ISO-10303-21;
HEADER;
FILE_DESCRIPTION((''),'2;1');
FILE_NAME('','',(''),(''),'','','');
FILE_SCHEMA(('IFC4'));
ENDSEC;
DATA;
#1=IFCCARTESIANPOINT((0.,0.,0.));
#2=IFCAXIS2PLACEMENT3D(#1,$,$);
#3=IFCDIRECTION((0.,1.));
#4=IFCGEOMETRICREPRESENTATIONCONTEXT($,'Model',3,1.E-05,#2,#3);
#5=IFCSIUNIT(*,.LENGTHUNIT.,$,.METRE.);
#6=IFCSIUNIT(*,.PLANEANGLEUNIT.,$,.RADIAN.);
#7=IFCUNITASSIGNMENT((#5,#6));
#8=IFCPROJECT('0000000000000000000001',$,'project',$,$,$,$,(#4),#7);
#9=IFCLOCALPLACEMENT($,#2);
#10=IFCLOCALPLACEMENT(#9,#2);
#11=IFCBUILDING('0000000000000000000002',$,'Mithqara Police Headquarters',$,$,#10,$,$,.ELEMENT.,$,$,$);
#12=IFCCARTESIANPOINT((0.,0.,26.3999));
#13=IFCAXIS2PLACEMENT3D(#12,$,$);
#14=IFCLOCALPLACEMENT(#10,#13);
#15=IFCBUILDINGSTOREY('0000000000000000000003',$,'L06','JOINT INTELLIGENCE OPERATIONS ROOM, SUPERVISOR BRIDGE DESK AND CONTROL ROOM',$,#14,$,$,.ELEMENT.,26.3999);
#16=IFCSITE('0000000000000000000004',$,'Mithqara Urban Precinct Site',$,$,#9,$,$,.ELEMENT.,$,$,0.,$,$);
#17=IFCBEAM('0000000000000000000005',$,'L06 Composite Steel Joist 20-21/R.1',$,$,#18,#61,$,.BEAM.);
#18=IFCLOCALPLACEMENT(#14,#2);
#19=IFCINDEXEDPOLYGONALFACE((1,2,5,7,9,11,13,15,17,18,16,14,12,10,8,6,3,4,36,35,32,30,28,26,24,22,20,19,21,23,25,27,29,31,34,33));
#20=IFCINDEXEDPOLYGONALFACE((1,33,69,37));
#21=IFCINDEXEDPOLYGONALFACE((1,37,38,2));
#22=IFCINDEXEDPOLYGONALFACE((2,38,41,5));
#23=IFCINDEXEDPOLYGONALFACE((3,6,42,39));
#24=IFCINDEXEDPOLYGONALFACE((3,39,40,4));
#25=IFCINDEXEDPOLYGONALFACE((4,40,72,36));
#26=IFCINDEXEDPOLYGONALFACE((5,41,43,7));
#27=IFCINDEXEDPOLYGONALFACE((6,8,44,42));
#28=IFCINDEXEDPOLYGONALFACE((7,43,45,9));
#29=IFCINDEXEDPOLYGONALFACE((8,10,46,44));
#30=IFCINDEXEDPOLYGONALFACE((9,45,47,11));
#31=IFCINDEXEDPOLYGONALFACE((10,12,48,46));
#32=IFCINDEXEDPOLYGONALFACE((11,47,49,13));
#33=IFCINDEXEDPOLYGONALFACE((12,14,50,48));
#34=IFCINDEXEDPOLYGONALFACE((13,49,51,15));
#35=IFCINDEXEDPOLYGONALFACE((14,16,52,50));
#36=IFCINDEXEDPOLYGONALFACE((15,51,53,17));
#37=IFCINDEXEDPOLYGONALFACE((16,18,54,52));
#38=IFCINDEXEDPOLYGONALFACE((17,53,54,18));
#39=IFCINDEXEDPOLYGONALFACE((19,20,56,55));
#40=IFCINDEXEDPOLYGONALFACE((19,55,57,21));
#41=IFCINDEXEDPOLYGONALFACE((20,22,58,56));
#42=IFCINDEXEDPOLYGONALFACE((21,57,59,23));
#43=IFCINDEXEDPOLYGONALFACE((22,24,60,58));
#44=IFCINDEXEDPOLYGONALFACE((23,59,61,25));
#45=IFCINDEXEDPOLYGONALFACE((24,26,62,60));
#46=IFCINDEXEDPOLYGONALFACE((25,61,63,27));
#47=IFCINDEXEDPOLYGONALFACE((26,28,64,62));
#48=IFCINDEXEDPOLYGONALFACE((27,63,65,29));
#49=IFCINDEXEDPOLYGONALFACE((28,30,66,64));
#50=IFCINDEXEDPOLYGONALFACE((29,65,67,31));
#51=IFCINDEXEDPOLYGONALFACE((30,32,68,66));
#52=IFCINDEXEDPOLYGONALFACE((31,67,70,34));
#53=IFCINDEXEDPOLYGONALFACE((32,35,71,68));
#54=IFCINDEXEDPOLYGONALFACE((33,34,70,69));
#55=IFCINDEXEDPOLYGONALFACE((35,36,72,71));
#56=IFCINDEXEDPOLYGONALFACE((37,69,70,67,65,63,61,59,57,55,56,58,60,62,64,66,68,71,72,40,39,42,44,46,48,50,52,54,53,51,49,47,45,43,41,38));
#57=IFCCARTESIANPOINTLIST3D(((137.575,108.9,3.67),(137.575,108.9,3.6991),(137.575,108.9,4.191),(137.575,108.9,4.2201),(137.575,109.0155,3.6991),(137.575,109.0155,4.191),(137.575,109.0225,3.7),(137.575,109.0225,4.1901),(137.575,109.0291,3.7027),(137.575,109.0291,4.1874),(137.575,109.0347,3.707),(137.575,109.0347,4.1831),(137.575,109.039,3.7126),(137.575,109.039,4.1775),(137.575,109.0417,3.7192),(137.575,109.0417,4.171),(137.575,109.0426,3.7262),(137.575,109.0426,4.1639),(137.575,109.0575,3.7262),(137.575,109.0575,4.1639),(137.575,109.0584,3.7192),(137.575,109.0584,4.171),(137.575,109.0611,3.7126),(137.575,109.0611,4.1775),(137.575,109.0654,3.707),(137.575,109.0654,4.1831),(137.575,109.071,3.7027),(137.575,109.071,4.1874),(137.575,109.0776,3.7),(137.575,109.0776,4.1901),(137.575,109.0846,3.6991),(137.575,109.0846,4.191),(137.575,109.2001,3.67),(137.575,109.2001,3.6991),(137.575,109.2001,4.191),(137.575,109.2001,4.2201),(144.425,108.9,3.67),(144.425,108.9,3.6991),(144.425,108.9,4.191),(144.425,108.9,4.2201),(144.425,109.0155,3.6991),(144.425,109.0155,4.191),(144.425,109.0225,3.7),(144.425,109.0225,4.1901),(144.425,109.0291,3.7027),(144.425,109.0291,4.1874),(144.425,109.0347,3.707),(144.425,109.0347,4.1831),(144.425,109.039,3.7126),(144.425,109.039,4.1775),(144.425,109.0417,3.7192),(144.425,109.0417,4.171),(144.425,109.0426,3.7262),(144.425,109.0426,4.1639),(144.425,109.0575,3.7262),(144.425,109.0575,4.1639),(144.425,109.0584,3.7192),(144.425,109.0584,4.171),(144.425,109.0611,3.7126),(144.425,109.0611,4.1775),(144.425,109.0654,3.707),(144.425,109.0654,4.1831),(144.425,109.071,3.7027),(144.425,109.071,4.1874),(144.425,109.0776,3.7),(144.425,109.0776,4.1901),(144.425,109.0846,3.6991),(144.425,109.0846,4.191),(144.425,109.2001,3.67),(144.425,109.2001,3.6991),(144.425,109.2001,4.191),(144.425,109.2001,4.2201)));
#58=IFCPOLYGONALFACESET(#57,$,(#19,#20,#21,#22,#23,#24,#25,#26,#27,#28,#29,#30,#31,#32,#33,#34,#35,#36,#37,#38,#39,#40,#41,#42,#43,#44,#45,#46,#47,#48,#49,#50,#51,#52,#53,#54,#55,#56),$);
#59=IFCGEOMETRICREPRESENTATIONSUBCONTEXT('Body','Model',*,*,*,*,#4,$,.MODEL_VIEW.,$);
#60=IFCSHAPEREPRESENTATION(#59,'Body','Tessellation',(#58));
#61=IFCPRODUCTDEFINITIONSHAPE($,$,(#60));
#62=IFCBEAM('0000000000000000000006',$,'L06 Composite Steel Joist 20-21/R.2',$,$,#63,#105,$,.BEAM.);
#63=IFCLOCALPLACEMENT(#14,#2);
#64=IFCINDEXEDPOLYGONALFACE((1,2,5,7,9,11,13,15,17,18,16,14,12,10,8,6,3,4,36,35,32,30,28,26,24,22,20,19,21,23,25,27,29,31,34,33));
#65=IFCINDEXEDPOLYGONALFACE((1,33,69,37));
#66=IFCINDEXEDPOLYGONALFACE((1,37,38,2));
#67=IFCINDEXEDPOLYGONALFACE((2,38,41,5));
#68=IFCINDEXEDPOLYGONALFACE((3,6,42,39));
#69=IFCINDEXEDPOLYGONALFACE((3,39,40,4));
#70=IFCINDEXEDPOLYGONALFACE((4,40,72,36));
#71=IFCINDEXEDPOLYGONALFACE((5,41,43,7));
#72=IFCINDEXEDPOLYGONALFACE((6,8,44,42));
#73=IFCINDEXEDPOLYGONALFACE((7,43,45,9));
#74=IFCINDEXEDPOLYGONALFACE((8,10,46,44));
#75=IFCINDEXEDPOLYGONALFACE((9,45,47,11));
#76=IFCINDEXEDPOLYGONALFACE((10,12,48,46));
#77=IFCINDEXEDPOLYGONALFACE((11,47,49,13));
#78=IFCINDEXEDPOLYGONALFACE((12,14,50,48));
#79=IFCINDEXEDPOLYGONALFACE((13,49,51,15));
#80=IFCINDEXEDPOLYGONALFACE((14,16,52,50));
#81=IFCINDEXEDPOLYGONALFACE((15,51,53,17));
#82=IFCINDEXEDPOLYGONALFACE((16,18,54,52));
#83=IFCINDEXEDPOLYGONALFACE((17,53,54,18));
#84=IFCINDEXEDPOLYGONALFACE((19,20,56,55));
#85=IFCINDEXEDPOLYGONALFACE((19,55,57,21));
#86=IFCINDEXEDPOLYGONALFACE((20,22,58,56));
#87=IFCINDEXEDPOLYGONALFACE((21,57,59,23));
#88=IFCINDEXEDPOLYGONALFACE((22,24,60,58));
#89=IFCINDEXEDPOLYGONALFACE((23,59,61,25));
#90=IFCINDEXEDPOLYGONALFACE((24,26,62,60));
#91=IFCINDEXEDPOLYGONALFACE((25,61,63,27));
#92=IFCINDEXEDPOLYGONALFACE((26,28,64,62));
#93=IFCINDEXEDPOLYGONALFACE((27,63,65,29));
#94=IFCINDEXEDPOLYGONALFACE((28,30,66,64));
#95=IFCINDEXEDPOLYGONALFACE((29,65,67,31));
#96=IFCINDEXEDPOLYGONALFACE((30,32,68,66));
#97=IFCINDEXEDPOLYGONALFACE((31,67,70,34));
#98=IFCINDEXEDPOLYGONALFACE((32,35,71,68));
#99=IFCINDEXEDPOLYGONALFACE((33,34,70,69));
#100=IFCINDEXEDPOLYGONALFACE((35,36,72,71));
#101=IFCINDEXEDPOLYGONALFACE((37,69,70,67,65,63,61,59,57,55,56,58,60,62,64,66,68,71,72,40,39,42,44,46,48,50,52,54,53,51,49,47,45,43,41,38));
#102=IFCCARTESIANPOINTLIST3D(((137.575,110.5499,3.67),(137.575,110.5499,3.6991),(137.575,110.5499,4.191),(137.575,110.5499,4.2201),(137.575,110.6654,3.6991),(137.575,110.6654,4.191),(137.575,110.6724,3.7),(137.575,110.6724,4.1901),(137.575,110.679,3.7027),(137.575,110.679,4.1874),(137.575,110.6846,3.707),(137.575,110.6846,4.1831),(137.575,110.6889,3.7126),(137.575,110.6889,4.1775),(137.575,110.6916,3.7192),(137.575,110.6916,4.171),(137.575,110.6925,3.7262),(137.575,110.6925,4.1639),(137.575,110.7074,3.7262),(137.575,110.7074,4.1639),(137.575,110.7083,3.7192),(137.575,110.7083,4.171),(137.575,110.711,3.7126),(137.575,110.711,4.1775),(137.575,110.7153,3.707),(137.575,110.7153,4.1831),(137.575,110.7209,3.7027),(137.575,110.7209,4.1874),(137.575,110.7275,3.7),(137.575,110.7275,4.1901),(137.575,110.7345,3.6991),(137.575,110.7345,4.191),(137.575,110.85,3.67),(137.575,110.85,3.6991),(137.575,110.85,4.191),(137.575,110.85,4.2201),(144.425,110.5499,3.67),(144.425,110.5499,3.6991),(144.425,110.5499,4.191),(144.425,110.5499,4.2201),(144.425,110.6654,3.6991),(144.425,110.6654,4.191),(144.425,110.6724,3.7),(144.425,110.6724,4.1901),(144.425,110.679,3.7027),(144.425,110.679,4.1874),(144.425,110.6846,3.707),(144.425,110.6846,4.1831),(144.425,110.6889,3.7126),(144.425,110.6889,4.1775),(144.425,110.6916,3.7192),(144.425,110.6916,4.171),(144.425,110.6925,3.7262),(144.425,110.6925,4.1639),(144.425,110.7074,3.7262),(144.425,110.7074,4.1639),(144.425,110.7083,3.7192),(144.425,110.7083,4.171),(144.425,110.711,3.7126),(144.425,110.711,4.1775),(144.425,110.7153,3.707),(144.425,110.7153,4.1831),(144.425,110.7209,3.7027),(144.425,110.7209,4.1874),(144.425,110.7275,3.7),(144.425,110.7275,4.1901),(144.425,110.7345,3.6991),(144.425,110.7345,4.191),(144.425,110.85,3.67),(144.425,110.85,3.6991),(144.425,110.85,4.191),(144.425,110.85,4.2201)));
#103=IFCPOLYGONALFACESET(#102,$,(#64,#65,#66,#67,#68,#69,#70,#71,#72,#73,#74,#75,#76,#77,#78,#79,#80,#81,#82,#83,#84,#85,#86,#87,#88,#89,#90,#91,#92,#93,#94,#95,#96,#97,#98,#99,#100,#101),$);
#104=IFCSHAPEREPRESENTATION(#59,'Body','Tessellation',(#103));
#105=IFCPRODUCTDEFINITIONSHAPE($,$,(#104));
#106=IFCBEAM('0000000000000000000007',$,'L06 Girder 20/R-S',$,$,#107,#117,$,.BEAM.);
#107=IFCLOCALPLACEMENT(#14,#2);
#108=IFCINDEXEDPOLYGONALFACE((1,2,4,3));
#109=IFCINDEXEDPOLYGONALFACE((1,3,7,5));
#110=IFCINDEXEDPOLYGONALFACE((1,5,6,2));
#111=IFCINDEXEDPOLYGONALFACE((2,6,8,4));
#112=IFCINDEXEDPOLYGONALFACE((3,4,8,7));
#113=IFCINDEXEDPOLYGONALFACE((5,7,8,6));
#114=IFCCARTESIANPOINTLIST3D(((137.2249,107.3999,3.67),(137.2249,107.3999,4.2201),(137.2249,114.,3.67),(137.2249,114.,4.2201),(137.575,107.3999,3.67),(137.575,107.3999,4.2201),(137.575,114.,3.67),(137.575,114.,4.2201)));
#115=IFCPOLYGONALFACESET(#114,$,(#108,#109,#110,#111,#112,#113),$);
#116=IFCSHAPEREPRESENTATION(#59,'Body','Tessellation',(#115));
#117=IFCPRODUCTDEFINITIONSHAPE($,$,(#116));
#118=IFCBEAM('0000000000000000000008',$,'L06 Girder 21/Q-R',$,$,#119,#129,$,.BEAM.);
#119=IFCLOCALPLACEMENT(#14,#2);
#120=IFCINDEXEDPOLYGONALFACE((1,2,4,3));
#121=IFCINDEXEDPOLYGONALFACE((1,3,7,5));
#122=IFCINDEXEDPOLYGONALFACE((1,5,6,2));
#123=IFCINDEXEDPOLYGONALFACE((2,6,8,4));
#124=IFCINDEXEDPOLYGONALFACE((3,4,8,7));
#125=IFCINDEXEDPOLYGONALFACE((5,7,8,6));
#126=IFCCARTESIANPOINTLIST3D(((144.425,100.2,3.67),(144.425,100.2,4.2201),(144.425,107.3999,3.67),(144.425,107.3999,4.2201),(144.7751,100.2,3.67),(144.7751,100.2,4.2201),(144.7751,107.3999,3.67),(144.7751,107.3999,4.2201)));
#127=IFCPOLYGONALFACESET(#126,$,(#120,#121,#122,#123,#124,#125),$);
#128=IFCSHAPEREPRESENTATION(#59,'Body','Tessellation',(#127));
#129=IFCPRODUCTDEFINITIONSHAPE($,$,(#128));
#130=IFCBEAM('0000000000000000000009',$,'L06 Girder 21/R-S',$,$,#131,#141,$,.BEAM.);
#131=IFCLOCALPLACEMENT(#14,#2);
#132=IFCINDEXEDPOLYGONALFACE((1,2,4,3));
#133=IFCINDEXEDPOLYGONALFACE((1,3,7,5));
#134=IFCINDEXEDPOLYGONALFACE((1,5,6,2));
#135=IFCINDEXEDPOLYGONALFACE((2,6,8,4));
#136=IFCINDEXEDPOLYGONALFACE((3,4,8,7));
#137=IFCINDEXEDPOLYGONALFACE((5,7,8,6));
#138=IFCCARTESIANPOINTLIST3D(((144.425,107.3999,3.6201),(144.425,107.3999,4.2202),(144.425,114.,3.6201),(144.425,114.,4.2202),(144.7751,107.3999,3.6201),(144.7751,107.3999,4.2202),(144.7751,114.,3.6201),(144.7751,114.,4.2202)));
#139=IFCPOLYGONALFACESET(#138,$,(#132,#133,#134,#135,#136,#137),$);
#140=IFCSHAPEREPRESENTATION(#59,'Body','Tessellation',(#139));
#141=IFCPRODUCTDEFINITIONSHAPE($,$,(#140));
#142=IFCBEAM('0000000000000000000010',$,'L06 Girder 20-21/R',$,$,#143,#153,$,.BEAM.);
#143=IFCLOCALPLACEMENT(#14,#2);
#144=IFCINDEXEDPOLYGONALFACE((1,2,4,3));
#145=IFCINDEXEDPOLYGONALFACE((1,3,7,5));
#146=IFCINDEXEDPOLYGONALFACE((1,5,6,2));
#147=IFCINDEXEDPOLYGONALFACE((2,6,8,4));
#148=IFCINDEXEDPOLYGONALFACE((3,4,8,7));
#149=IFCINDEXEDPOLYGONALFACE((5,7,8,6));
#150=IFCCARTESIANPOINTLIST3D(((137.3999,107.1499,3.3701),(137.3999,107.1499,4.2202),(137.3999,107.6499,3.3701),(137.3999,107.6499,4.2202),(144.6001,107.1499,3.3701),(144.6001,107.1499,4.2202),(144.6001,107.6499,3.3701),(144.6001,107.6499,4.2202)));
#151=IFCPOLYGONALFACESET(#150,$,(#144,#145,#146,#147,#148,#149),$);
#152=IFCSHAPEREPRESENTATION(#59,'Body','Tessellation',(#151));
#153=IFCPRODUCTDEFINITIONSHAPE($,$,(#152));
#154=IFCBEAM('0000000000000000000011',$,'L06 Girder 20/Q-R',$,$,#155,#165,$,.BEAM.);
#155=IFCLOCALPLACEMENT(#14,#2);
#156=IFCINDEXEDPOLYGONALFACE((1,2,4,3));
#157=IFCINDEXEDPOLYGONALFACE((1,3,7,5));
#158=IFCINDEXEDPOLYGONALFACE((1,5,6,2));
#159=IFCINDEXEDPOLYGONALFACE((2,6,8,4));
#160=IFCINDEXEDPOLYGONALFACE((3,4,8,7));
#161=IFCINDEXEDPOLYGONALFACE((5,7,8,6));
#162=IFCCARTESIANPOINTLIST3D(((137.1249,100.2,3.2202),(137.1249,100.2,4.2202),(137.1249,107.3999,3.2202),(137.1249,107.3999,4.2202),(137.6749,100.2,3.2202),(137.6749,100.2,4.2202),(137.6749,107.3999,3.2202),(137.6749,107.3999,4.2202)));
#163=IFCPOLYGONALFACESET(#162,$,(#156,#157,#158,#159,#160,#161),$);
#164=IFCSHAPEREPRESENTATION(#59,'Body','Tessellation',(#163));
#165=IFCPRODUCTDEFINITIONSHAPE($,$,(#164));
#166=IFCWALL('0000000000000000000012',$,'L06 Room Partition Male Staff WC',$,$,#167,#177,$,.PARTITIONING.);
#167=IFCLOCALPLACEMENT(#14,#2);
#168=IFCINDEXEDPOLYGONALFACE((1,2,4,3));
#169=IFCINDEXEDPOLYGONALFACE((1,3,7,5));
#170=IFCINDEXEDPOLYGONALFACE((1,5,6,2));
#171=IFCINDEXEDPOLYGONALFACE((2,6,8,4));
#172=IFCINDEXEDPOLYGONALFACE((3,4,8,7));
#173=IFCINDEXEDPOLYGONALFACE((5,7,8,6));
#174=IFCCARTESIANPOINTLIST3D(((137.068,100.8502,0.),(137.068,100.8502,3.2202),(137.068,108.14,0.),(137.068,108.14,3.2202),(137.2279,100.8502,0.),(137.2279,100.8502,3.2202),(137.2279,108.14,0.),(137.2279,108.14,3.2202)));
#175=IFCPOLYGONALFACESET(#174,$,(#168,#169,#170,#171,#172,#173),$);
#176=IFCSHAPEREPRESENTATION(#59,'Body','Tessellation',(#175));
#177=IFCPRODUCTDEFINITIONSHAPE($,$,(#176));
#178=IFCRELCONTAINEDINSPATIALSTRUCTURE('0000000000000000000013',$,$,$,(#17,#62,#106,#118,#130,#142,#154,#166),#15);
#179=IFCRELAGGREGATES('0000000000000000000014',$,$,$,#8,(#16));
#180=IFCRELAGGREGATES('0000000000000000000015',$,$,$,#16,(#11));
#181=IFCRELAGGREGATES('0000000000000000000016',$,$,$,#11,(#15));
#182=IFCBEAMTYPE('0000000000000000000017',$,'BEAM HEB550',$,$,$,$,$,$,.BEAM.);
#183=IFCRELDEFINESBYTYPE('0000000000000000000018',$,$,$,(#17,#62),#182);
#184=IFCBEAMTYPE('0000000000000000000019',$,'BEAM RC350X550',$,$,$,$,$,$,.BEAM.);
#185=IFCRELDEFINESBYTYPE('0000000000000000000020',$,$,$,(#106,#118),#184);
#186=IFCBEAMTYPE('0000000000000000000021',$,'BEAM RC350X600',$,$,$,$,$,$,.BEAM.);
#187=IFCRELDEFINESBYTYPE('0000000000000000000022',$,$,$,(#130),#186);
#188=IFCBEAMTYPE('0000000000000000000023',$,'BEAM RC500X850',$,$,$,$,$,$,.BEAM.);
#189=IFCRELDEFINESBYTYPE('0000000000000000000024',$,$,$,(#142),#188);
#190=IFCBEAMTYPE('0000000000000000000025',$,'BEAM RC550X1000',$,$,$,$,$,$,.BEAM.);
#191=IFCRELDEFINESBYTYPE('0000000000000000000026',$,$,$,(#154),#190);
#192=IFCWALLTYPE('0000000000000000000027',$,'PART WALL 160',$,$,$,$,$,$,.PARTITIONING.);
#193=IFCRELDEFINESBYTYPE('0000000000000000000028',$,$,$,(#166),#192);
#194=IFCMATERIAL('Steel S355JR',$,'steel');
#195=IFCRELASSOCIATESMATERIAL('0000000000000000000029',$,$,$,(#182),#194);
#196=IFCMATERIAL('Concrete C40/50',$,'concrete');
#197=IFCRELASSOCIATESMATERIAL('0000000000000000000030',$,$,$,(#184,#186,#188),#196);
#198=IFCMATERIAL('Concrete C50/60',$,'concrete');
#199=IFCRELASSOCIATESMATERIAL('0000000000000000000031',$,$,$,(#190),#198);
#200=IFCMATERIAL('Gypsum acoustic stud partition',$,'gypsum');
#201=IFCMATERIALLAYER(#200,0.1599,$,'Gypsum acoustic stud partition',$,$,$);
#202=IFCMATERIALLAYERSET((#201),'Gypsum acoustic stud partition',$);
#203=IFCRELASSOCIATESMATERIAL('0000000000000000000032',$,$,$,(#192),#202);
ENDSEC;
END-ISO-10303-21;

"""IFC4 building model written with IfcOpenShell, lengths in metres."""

from ifc_helpers import new_model, si_unit, direction, frame, frame_2d, origin, origin_2d, place, context, subcontext, project, spatial, rectangle, i_section, extrude, material, layer, layer_set, material_profile, profile_set, type_object, element, save


model = new_model("IFC4")

# Units and contexts
model_context = context("Model", 3, precision=1e-05, world=origin(), true_north=direction((0.0, 1.0)))
body_context = subcontext(model_context, "Body", "Model", "MODEL_VIEW")
ifc_project = project(units=[si_unit("LENGTHUNIT", "METRE"), si_unit("PLANEANGLEUNIT", "RADIAN")], contexts=[model_context])

# Site, building, storey
site_placement = place(None, origin())
site = spatial("IfcSite", under=ifc_project, at=site_placement, Name="Mithqara Urban Precinct Site", CompositionType="ELEMENT", RefElevation=0.0)
building_placement = place(site_placement, origin())
building = spatial("IfcBuilding", under=site, at=building_placement, Name="Mithqara Police Headquarters", CompositionType="ELEMENT")
storey_placement = place(building_placement, frame((0.0, 0.0, 26.3999)))
storey = spatial("IfcBuildingStorey", under=building, at=storey_placement, Name="L06", Description="JOINT INTELLIGENCE OPERATIONS ROOM, SUPERVISOR BRIDGE DESK AND CONTROL ROOM", CompositionType="ELEMENT", Elevation=26.3999)

# Shared definitions
ifc_material_1 = material(Name="Concrete C50/60", Category="concrete")

# Beams
ifc_material_2 = material(Name="Steel S355JR", Category="steel")
ifc_material_profile_1 = material_profile(ifc_material_2, i_section(OverallWidth=0.3, OverallDepth=0.55, WebThickness=0.0149, FlangeThickness=0.0291, FilletRadius=0.0271, at=origin_2d()), Name="HEB 550")
ifc_profile_set_1 = profile_set([ifc_material_profile_1], Name="Steel S355JR")
beam_type_1 = type_object("IfcBeamType", Name="BEAM HEB550", PredefinedType="BEAM", material=ifc_profile_set_1)
for number, where, z_axis, x_axis, name in (
    (1, (137.575, 109.05, 3.9451), (1.0, 0.0, 0.0), (0.0, 1.0, 0.0), "L06 Composite Steel Joist 20-21/R.1"),
    (2, (137.575, 110.7, 3.9451), (1.0, 0.0, 0.0), (0.0, 1.0, 0.0), "L06 Composite Steel Joist 20-21/R.2"),
):
    element("IfcBeam", number, at=place(storey_placement, frame(where, z_axis=z_axis, x_axis=x_axis)), inside=storey, type_object=beam_type_1, Name=name, PredefinedType="BEAM", context=body_context, shape_type="SweptSolid", body=[
        extrude(i_section(OverallWidth=0.3, OverallDepth=0.55, WebThickness=0.0149, FlangeThickness=0.0291, FilletRadius=0.0271, at=origin_2d()), origin(), (0.0, 0.0, 1.0), 6.8501),
    ])
ifc_material_3 = material(Name="Concrete C40/50", Category="concrete")
ifc_material_profile_2 = material_profile(ifc_material_3, rectangle(XDim=0.3501, YDim=0.55, at=origin_2d()), Name="RC 350x550")
ifc_profile_set_2 = profile_set([ifc_material_profile_2], Name="Concrete C40/50")
beam_type_2 = type_object("IfcBeamType", Name="BEAM RC350X550", PredefinedType="BEAM", material=ifc_profile_set_2)
beam_1_placement = place(storey_placement, frame((137.3999, 107.3999, 3.9451), z_axis=(0.0, 1.0, 0.0), x_axis=(-1.0, 0.0, 0.0)))
element("IfcBeam", 3, at=beam_1_placement, inside=storey, type_object=beam_type_2, Name="L06 Girder 20/R-S", PredefinedType="BEAM", context=body_context, shape_type="SweptSolid", body=[
    extrude(rectangle(XDim=0.3501, YDim=0.55, at=origin_2d()), origin(), (0.0, 0.0, 1.0), 6.6001),
])
beam_2_placement = place(storey_placement, frame((144.6001, 100.2, 3.9451), z_axis=(0.0, 1.0, 0.0), x_axis=(-1.0, 0.0, 0.0)))
element("IfcBeam", 4, at=beam_2_placement, inside=storey, type_object=beam_type_2, Name="L06 Girder 21/Q-R", PredefinedType="BEAM", context=body_context, shape_type="SweptSolid", body=[
    extrude(rectangle(XDim=0.3501, YDim=0.55, at=origin_2d()), origin(), (0.0, 0.0, 1.0), 7.2),
])
ifc_material_profile_3 = material_profile(ifc_material_3, rectangle(XDim=0.3501, YDim=0.6001, at=origin_2d()), Name="RC 350x600")
ifc_profile_set_3 = profile_set([ifc_material_profile_3], Name="Concrete C40/50")
beam_type_3 = type_object("IfcBeamType", Name="BEAM RC350X600", PredefinedType="BEAM", material=ifc_profile_set_3)
beam_3_placement = place(storey_placement, frame((144.6001, 107.3999, 3.9202), z_axis=(0.0, 1.0, 0.0), x_axis=(-1.0, 0.0, 0.0)))
element("IfcBeam", 5, at=beam_3_placement, inside=storey, type_object=beam_type_3, Name="L06 Girder 21/R-S", PredefinedType="BEAM", context=body_context, shape_type="SweptSolid", body=[
    extrude(rectangle(XDim=0.3501, YDim=0.6001, at=origin_2d()), origin(), (0.0, 0.0, 1.0), 6.6001),
])
ifc_material_profile_4 = material_profile(ifc_material_3, rectangle(XDim=0.5, YDim=0.8501, at=origin_2d()), Name="RC 500x850")
ifc_profile_set_4 = profile_set([ifc_material_profile_4], Name="Concrete C40/50")
beam_type_4 = type_object("IfcBeamType", Name="BEAM RC500X850", PredefinedType="BEAM", material=ifc_profile_set_4)
beam_4_placement = place(storey_placement, frame((137.3999, 107.3999, 3.7952), z_axis=(1.0, 0.0, 0.0), x_axis=(0.0, 1.0, 0.0)))
element("IfcBeam", 6, at=beam_4_placement, inside=storey, type_object=beam_type_4, Name="L06 Girder 20-21/R", PredefinedType="BEAM", context=body_context, shape_type="SweptSolid", body=[
    extrude(rectangle(XDim=0.5, YDim=0.8501, at=origin_2d()), origin(), (0.0, 0.0, 1.0), 7.2002),
])
ifc_material_profile_5 = material_profile(ifc_material_1, rectangle(XDim=0.55, YDim=1.0, at=origin_2d()), Name="RC 550x1000")
ifc_profile_set_5 = profile_set([ifc_material_profile_5], Name="Concrete C50/60")
beam_type_5 = type_object("IfcBeamType", Name="BEAM RC550X1000", PredefinedType="BEAM", material=ifc_profile_set_5)
beam_5_placement = place(storey_placement, frame((137.3999, 100.2, 3.7202), z_axis=(0.0, 1.0, 0.0), x_axis=(-1.0, 0.0, 0.0)))
element("IfcBeam", 7, at=beam_5_placement, inside=storey, type_object=beam_type_5, Name="L06 Girder 20/Q-R", PredefinedType="BEAM", context=body_context, shape_type="SweptSolid", body=[
    extrude(rectangle(XDim=0.55, YDim=1.0, at=origin_2d()), origin(), (0.0, 0.0, 1.0), 7.2),
])

# Wall
ifc_material_4 = material(Name="Gypsum acoustic stud partition", Category="gypsum")
ifc_layer_1 = layer(ifc_material_4, 0.1599, Name="Gypsum acoustic stud partition")
ifc_layer_set_1 = layer_set([ifc_layer_1], Name="Gypsum acoustic stud partition")
wall_type_1 = type_object("IfcWallType", Name="PART WALL 160", PredefinedType="PARTITIONING", material=ifc_layer_set_1)
wall_1_placement = place(storey_placement, frame((137.1479, 100.8501, 0.0), z_axis=(0.0, 0.0, 1.0), x_axis=(0.0, 1.0, 0.0)))
element("IfcWall", 8, at=wall_1_placement, inside=storey, type_object=wall_type_1, Name="L06 Room Partition Male Staff WC", PredefinedType="PARTITIONING", context=body_context, shape_type="SweptSolid", body=[
    extrude(rectangle(XDim=7.2898, YDim=0.1599, at=frame_2d((3.645, 0.0))), origin(), (0.0, 0.0, 1.0), 3.2202),
])

save(model, "model.ifc")
